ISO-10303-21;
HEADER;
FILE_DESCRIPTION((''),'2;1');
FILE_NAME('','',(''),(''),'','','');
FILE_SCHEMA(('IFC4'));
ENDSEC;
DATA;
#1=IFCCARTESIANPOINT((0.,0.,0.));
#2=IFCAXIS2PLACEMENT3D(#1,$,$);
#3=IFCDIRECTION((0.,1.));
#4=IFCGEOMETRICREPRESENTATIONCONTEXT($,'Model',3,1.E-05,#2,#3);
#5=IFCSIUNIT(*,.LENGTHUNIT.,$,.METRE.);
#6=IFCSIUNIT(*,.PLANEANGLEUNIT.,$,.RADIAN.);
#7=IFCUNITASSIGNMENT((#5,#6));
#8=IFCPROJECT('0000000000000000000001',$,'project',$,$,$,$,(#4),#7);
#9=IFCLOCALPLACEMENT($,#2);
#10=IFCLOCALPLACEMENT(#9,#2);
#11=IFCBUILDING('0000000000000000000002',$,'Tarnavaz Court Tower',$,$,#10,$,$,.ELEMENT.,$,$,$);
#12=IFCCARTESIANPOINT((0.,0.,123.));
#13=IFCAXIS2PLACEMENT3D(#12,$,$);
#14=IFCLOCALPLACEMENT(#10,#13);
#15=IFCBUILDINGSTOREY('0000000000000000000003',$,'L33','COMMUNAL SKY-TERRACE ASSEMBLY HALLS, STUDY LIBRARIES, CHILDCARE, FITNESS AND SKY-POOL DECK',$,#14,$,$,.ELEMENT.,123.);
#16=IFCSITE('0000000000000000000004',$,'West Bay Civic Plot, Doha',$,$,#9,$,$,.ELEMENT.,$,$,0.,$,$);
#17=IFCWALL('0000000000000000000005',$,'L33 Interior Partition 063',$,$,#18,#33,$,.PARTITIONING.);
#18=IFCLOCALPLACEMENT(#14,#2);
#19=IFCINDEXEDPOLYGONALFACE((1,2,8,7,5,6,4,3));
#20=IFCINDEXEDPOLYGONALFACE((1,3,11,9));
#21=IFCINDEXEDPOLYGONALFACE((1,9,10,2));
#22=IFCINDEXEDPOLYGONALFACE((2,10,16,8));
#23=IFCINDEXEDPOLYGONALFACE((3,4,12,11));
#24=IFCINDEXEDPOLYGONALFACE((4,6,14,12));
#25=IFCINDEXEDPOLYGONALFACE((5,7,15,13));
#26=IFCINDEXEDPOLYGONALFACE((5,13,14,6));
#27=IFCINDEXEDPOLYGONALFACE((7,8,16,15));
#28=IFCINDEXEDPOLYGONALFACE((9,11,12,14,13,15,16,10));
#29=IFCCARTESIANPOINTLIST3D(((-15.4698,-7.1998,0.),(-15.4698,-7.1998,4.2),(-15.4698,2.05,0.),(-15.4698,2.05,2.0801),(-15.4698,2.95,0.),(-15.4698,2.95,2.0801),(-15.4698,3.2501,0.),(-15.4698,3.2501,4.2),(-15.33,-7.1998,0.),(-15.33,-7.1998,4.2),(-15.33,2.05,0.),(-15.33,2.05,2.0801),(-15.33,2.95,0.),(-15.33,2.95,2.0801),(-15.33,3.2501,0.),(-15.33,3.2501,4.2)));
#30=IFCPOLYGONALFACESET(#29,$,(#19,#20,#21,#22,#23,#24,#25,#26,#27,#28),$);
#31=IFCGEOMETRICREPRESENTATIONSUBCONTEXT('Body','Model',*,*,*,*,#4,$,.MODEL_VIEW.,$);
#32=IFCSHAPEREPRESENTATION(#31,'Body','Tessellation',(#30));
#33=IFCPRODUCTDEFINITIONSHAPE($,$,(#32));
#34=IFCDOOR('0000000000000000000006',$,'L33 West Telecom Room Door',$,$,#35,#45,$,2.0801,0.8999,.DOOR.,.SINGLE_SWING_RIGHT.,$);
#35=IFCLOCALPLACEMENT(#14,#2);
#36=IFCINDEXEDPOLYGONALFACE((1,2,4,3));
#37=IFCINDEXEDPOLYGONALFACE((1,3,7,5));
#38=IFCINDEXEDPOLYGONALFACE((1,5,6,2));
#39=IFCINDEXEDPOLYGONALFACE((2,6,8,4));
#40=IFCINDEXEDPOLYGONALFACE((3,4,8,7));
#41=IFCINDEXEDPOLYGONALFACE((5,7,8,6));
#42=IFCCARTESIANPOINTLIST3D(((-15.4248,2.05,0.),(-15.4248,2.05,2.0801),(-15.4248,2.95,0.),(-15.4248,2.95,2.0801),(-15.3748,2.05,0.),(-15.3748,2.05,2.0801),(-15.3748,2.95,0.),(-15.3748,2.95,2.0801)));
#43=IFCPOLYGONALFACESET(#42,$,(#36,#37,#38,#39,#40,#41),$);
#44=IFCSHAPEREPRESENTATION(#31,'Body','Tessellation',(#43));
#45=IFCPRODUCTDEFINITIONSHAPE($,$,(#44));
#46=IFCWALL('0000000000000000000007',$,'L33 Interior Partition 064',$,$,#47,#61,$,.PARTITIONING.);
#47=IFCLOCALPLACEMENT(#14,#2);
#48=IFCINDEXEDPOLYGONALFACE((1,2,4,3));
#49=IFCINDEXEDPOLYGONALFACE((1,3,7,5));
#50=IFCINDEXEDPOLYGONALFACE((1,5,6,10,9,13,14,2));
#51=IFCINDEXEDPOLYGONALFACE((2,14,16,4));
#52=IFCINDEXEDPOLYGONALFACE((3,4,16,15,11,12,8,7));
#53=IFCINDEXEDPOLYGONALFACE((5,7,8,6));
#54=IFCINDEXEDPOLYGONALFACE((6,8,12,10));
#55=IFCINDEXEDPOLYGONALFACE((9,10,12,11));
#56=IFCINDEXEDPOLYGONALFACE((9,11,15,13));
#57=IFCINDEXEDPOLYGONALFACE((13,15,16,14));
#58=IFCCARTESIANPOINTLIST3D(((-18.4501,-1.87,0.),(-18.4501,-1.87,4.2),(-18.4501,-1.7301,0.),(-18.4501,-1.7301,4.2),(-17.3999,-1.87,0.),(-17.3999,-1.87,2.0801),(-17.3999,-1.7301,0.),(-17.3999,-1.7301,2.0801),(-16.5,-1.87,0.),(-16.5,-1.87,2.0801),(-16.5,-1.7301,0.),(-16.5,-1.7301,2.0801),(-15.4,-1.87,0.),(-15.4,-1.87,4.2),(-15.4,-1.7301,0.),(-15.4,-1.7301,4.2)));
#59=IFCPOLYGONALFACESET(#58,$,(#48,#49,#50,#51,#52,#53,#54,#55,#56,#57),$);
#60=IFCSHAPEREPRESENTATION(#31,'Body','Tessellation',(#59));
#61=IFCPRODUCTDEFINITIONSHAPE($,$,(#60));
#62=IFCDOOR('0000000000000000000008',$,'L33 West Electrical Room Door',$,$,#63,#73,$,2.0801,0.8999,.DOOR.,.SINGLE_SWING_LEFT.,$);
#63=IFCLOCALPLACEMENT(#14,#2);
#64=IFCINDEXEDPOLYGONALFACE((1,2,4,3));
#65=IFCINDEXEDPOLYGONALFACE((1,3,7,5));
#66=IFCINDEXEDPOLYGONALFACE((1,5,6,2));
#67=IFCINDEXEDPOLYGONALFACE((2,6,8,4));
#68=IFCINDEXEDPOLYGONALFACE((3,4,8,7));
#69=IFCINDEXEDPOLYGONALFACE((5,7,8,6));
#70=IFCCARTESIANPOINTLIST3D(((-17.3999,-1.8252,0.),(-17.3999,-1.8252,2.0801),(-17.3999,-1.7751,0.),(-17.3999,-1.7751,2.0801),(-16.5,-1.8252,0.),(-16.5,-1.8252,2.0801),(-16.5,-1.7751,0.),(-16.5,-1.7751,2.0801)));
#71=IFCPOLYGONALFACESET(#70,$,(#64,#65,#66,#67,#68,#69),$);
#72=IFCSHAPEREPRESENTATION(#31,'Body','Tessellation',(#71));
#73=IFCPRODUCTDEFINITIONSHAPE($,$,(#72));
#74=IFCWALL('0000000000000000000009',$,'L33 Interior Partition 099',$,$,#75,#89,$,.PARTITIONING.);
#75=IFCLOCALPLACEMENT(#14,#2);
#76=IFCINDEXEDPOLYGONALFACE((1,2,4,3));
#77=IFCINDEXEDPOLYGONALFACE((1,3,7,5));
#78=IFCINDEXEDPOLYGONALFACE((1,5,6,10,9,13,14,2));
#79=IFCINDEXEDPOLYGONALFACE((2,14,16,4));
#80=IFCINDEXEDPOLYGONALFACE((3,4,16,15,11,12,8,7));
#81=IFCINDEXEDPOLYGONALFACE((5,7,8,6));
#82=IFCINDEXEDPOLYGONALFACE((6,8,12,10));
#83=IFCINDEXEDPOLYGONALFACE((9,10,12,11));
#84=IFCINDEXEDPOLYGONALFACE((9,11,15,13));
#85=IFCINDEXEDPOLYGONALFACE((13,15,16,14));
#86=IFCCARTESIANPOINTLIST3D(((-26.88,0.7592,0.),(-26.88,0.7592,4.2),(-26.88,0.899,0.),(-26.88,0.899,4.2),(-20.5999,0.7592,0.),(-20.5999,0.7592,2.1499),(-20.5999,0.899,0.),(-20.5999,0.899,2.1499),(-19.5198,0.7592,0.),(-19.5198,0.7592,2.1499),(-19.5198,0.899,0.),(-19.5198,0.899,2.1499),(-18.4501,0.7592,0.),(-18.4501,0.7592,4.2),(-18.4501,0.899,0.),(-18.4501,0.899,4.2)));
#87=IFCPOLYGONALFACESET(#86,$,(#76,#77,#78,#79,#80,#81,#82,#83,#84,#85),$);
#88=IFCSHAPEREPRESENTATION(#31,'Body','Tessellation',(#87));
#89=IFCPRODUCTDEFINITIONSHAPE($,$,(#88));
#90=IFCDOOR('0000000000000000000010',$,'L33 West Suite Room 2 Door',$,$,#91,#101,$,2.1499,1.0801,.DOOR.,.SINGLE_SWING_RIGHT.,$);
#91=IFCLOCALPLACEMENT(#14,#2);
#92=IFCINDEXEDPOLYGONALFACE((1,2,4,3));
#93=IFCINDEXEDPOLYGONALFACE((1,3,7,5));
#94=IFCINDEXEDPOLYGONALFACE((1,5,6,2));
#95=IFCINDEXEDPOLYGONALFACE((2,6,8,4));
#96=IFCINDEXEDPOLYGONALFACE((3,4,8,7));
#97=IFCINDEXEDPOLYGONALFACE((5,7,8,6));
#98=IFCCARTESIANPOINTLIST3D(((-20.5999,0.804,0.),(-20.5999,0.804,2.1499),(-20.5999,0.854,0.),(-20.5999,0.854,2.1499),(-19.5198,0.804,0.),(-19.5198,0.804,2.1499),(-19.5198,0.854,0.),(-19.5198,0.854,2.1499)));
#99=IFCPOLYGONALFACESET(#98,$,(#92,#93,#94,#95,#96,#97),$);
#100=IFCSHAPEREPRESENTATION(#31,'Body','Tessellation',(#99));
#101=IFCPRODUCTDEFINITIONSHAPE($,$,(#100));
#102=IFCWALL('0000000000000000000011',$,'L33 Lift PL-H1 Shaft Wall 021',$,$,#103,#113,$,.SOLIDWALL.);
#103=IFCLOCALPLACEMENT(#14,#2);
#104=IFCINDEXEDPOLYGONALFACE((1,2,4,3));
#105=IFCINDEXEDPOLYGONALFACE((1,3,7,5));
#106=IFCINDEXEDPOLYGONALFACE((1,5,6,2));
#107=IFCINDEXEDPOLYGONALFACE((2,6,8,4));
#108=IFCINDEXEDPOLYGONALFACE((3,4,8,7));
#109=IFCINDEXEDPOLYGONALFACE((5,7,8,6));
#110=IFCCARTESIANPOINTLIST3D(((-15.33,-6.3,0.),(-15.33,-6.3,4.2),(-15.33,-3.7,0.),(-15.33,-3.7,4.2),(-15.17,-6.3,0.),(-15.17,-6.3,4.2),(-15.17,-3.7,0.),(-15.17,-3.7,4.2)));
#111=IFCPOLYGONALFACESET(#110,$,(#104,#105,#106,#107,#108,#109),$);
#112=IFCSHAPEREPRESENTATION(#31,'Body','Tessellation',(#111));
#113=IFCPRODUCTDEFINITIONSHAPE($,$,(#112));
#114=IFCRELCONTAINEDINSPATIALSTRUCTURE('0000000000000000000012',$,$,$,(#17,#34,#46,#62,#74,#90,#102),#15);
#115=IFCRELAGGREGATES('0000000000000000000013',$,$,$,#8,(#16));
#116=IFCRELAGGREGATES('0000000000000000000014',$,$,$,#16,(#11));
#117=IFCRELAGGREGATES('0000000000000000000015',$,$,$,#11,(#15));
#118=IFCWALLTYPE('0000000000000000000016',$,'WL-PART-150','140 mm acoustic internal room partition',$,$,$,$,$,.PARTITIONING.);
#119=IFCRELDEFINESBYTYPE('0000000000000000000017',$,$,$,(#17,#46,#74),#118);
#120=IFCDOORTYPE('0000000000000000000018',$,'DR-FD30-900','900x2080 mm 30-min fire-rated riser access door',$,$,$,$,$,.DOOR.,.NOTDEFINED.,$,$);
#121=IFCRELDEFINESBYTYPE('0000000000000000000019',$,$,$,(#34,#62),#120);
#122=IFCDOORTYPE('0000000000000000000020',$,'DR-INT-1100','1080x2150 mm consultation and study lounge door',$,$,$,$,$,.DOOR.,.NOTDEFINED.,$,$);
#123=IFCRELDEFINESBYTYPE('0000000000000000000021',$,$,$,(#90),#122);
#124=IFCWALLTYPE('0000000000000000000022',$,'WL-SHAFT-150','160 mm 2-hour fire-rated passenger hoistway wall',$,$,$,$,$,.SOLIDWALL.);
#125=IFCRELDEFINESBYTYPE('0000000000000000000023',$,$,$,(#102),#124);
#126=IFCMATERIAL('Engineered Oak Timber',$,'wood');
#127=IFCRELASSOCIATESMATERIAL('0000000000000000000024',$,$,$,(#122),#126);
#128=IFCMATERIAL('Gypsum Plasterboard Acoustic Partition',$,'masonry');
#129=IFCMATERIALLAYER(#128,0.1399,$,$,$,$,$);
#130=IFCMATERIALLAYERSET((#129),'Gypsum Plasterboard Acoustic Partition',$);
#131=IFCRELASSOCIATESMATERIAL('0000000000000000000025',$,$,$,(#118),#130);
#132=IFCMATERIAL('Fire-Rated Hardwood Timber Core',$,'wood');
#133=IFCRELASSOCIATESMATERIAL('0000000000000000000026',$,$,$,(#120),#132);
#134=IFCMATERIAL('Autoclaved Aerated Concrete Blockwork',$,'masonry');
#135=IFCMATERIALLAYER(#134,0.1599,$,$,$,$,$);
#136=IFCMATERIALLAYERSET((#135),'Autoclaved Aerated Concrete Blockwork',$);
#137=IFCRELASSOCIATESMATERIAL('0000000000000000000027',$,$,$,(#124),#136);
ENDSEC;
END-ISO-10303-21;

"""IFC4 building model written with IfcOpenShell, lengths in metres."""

from ifc_helpers import new_model, si_unit, direction, frame, frame_2d, origin, place, context, subcontext, project, spatial, rectangle, extrude, material, layer, layer_set, type_object, element, fill, save


model = new_model("IFC4")

# Units and contexts
model_context = context("Model", 3, precision=1e-05, world=origin(), true_north=direction((0.0, 1.0)))
body_context = subcontext(model_context, "Body", "Model", "MODEL_VIEW")
ifc_project = project(units=[si_unit("LENGTHUNIT", "METRE"), si_unit("PLANEANGLEUNIT", "RADIAN")], contexts=[model_context])

# Site, building, storey
site_placement = place(None, origin())
site = spatial("IfcSite", under=ifc_project, at=site_placement, Name="West Bay Civic Plot, Doha", CompositionType="ELEMENT", RefElevation=0.0)
building_placement = place(site_placement, origin())
building = spatial("IfcBuilding", under=site, at=building_placement, Name="Tarnavaz Court Tower", CompositionType="ELEMENT")
storey_placement = place(building_placement, frame((0.0, 0.0, 123.0)))
storey = spatial("IfcBuildingStorey", under=building, at=storey_placement, Name="L33", Description="COMMUNAL SKY-TERRACE ASSEMBLY HALLS, STUDY LIBRARIES, CHILDCARE, FITNESS AND SKY-POOL DECK", CompositionType="ELEMENT", Elevation=123.0)

# Walls, openings, doors
ifc_material_1 = material(Name="Engineered Oak Timber", Category="wood")
door_type_1 = type_object("IfcDoorType", Name="DR-INT-1100", Description="1080x2150 mm consultation and study lounge door", OperationType="NOTDEFINED", PredefinedType="DOOR", material=ifc_material_1)
ifc_material_2 = material(Name="Gypsum Plasterboard Acoustic Partition", Category="masonry")
ifc_layer_1 = layer(ifc_material_2, 0.1399)
ifc_layer_set_1 = layer_set([ifc_layer_1], Name="Gypsum Plasterboard Acoustic Partition")
wall_type_1 = type_object("IfcWallType", Name="WL-PART-150", Description="140 mm acoustic internal room partition", PredefinedType="PARTITIONING", material=ifc_layer_set_1)
wall_1_placement = place(storey_placement, frame((-15.3999, -7.2, 0.0), z_axis=(0.0, 0.0, 1.0), x_axis=(0.0, 1.0, 0.0)))
wall_1 = element("IfcWall", 1, at=wall_1_placement, inside=storey, type_object=wall_type_1, Name="L33 Interior Partition 063", PredefinedType="PARTITIONING", context=body_context, shape_type="SweptSolid", body=[
    extrude(rectangle(XDim=10.45, YDim=0.1399, at=frame_2d((5.2251, 0.0))), origin(), (0.0, 0.0, 1.0), 4.2),
])
opening_1_placement = place(wall_1_placement, frame((9.25, 0.0, 0.0)))
opening_1 = element("IfcOpeningElement", 2, at=opening_1_placement, cuts=wall_1, PredefinedType="OPENING", context=body_context, shape_type="SweptSolid", body=[
    extrude(rectangle(XDim=0.8999, YDim=2.0801, at=frame_2d((0.45, 1.04))), frame((0.0, 0.0798, 0.0), z_axis=(0.0, -1.0, 0.0), x_axis=(1.0, 0.0, 0.0)), (0.0, 0.0, 1.0), 0.1599),
])
ifc_material_3 = material(Name="Fire-Rated Hardwood Timber Core", Category="wood")
door_type_2 = type_object("IfcDoorType", Name="DR-FD30-900", Description="900x2080 mm 30-min fire-rated riser access door", OperationType="NOTDEFINED", PredefinedType="DOOR", material=ifc_material_3)
door_1_placement = place(opening_1_placement, origin())
door_1 = element("IfcDoor", 3, at=door_1_placement, inside=storey, type_object=door_type_2, Name="L33 West Telecom Room Door", OperationType="SINGLE_SWING_RIGHT", OverallHeight=2.0801, OverallWidth=0.8999, PredefinedType="DOOR", context=body_context, shape_type="SweptSolid", body=[
    extrude(rectangle(XDim=0.8999, YDim=2.0801, at=frame_2d((0.45, 1.04))), frame((0.0, 0.0249, 0.0), z_axis=(0.0, -1.0, 0.0), x_axis=(1.0, 0.0, 0.0)), (0.0, 0.0, 1.0), 0.05),
])
fill(opening_1, door_1)
wall_2_placement = place(storey_placement, frame((-18.45, -1.8, 0.0), z_axis=(0.0, 0.0, 1.0), x_axis=(1.0, 0.0, 0.0)))
wall_2 = element("IfcWall", 4, at=wall_2_placement, inside=storey, type_object=wall_type_1, Name="L33 Interior Partition 064", PredefinedType="PARTITIONING", context=body_context, shape_type="SweptSolid", body=[
    extrude(rectangle(XDim=3.05, YDim=0.1399, at=frame_2d((1.5249, 0.0))), origin(), (0.0, 0.0, 1.0), 4.2),
])
opening_2_placement = place(wall_2_placement, frame((1.05, 0.0, 0.0)))
opening_2 = element("IfcOpeningElement", 5, at=opening_2_placement, cuts=wall_2, PredefinedType="OPENING", context=body_context, shape_type="SweptSolid", body=[
    extrude(rectangle(XDim=0.8999, YDim=2.0801, at=frame_2d((0.45, 1.04))), frame((0.0, 0.0798, 0.0), z_axis=(0.0, -1.0, 0.0), x_axis=(1.0, 0.0, 0.0)), (0.0, 0.0, 1.0), 0.1599),
])
door_2_placement = place(opening_2_placement, origin())
door_2 = element("IfcDoor", 6, at=door_2_placement, inside=storey, type_object=door_type_2, Name="L33 West Electrical Room Door", OperationType="SINGLE_SWING_LEFT", OverallHeight=2.0801, OverallWidth=0.8999, PredefinedType="DOOR", context=body_context, shape_type="SweptSolid", body=[
    extrude(rectangle(XDim=0.8999, YDim=2.0801, at=frame_2d((0.45, 1.04))), frame((0.0, 0.0249, 0.0), z_axis=(0.0, -1.0, 0.0), x_axis=(1.0, 0.0, 0.0)), (0.0, 0.0, 1.0), 0.05),
])
fill(opening_2, door_2)
wall_3_placement = place(storey_placement, frame((-26.8799, 0.8291, 0.0), z_axis=(0.0, 0.0, 1.0), x_axis=(1.0, 0.0, 0.0)))
wall_3 = element("IfcWall", 7, at=wall_3_placement, inside=storey, type_object=wall_type_1, Name="L33 Interior Partition 099", PredefinedType="PARTITIONING", context=body_context, shape_type="SweptSolid", body=[
    extrude(rectangle(XDim=8.4299, YDim=0.1399, at=frame_2d((4.2148, 0.0))), origin(), (0.0, 0.0, 1.0), 4.2),
])
opening_3_placement = place(wall_3_placement, frame((6.28, 0.0, 0.0)))
opening_3 = element("IfcOpeningElement", 8, at=opening_3_placement, cuts=wall_3, PredefinedType="OPENING", context=body_context, shape_type="SweptSolid", body=[
    extrude(rectangle(XDim=1.0801, YDim=2.1499, at=frame_2d((0.54, 1.075))), frame((0.0, 0.0798, 0.0), z_axis=(0.0, -1.0, 0.0), x_axis=(1.0, 0.0, 0.0)), (0.0, 0.0, 1.0), 0.1599),
])
door_3_placement = place(opening_3_placement, origin())
door_3 = element("IfcDoor", 9, at=door_3_placement, inside=storey, type_object=door_type_1, Name="L33 West Suite Room 2 Door", OperationType="SINGLE_SWING_RIGHT", OverallHeight=2.1499, OverallWidth=1.0801, PredefinedType="DOOR", context=body_context, shape_type="SweptSolid", body=[
    extrude(rectangle(XDim=1.0801, YDim=2.1499, at=frame_2d((0.54, 1.075))), frame((0.0, 0.0249, 0.0), z_axis=(0.0, -1.0, 0.0), x_axis=(1.0, 0.0, 0.0)), (0.0, 0.0, 1.0), 0.05),
])
fill(opening_3, door_3)

# Wall
ifc_material_4 = material(Name="Autoclaved Aerated Concrete Blockwork", Category="masonry")
ifc_layer_2 = layer(ifc_material_4, 0.1599)
ifc_layer_set_2 = layer_set([ifc_layer_2], Name="Autoclaved Aerated Concrete Blockwork")
wall_type_2 = type_object("IfcWallType", Name="WL-SHAFT-150", Description="160 mm 2-hour fire-rated passenger hoistway wall", PredefinedType="SOLIDWALL", material=ifc_layer_set_2)
wall_4_placement = place(storey_placement, frame((-15.25, -6.3, 0.0), z_axis=(0.0, 0.0, 1.0), x_axis=(0.0, 1.0, 0.0)))
element("IfcWall", 10, at=wall_4_placement, inside=storey, type_object=wall_type_2, Name="L33 Lift PL-H1 Shaft Wall 021", PredefinedType="SOLIDWALL", context=body_context, shape_type="SweptSolid", body=[
    extrude(rectangle(XDim=2.6001, YDim=0.1599, at=frame_2d((1.3, 0.0))), origin(), (0.0, 0.0, 1.0), 4.2),
])

save(model, "model.ifc")
